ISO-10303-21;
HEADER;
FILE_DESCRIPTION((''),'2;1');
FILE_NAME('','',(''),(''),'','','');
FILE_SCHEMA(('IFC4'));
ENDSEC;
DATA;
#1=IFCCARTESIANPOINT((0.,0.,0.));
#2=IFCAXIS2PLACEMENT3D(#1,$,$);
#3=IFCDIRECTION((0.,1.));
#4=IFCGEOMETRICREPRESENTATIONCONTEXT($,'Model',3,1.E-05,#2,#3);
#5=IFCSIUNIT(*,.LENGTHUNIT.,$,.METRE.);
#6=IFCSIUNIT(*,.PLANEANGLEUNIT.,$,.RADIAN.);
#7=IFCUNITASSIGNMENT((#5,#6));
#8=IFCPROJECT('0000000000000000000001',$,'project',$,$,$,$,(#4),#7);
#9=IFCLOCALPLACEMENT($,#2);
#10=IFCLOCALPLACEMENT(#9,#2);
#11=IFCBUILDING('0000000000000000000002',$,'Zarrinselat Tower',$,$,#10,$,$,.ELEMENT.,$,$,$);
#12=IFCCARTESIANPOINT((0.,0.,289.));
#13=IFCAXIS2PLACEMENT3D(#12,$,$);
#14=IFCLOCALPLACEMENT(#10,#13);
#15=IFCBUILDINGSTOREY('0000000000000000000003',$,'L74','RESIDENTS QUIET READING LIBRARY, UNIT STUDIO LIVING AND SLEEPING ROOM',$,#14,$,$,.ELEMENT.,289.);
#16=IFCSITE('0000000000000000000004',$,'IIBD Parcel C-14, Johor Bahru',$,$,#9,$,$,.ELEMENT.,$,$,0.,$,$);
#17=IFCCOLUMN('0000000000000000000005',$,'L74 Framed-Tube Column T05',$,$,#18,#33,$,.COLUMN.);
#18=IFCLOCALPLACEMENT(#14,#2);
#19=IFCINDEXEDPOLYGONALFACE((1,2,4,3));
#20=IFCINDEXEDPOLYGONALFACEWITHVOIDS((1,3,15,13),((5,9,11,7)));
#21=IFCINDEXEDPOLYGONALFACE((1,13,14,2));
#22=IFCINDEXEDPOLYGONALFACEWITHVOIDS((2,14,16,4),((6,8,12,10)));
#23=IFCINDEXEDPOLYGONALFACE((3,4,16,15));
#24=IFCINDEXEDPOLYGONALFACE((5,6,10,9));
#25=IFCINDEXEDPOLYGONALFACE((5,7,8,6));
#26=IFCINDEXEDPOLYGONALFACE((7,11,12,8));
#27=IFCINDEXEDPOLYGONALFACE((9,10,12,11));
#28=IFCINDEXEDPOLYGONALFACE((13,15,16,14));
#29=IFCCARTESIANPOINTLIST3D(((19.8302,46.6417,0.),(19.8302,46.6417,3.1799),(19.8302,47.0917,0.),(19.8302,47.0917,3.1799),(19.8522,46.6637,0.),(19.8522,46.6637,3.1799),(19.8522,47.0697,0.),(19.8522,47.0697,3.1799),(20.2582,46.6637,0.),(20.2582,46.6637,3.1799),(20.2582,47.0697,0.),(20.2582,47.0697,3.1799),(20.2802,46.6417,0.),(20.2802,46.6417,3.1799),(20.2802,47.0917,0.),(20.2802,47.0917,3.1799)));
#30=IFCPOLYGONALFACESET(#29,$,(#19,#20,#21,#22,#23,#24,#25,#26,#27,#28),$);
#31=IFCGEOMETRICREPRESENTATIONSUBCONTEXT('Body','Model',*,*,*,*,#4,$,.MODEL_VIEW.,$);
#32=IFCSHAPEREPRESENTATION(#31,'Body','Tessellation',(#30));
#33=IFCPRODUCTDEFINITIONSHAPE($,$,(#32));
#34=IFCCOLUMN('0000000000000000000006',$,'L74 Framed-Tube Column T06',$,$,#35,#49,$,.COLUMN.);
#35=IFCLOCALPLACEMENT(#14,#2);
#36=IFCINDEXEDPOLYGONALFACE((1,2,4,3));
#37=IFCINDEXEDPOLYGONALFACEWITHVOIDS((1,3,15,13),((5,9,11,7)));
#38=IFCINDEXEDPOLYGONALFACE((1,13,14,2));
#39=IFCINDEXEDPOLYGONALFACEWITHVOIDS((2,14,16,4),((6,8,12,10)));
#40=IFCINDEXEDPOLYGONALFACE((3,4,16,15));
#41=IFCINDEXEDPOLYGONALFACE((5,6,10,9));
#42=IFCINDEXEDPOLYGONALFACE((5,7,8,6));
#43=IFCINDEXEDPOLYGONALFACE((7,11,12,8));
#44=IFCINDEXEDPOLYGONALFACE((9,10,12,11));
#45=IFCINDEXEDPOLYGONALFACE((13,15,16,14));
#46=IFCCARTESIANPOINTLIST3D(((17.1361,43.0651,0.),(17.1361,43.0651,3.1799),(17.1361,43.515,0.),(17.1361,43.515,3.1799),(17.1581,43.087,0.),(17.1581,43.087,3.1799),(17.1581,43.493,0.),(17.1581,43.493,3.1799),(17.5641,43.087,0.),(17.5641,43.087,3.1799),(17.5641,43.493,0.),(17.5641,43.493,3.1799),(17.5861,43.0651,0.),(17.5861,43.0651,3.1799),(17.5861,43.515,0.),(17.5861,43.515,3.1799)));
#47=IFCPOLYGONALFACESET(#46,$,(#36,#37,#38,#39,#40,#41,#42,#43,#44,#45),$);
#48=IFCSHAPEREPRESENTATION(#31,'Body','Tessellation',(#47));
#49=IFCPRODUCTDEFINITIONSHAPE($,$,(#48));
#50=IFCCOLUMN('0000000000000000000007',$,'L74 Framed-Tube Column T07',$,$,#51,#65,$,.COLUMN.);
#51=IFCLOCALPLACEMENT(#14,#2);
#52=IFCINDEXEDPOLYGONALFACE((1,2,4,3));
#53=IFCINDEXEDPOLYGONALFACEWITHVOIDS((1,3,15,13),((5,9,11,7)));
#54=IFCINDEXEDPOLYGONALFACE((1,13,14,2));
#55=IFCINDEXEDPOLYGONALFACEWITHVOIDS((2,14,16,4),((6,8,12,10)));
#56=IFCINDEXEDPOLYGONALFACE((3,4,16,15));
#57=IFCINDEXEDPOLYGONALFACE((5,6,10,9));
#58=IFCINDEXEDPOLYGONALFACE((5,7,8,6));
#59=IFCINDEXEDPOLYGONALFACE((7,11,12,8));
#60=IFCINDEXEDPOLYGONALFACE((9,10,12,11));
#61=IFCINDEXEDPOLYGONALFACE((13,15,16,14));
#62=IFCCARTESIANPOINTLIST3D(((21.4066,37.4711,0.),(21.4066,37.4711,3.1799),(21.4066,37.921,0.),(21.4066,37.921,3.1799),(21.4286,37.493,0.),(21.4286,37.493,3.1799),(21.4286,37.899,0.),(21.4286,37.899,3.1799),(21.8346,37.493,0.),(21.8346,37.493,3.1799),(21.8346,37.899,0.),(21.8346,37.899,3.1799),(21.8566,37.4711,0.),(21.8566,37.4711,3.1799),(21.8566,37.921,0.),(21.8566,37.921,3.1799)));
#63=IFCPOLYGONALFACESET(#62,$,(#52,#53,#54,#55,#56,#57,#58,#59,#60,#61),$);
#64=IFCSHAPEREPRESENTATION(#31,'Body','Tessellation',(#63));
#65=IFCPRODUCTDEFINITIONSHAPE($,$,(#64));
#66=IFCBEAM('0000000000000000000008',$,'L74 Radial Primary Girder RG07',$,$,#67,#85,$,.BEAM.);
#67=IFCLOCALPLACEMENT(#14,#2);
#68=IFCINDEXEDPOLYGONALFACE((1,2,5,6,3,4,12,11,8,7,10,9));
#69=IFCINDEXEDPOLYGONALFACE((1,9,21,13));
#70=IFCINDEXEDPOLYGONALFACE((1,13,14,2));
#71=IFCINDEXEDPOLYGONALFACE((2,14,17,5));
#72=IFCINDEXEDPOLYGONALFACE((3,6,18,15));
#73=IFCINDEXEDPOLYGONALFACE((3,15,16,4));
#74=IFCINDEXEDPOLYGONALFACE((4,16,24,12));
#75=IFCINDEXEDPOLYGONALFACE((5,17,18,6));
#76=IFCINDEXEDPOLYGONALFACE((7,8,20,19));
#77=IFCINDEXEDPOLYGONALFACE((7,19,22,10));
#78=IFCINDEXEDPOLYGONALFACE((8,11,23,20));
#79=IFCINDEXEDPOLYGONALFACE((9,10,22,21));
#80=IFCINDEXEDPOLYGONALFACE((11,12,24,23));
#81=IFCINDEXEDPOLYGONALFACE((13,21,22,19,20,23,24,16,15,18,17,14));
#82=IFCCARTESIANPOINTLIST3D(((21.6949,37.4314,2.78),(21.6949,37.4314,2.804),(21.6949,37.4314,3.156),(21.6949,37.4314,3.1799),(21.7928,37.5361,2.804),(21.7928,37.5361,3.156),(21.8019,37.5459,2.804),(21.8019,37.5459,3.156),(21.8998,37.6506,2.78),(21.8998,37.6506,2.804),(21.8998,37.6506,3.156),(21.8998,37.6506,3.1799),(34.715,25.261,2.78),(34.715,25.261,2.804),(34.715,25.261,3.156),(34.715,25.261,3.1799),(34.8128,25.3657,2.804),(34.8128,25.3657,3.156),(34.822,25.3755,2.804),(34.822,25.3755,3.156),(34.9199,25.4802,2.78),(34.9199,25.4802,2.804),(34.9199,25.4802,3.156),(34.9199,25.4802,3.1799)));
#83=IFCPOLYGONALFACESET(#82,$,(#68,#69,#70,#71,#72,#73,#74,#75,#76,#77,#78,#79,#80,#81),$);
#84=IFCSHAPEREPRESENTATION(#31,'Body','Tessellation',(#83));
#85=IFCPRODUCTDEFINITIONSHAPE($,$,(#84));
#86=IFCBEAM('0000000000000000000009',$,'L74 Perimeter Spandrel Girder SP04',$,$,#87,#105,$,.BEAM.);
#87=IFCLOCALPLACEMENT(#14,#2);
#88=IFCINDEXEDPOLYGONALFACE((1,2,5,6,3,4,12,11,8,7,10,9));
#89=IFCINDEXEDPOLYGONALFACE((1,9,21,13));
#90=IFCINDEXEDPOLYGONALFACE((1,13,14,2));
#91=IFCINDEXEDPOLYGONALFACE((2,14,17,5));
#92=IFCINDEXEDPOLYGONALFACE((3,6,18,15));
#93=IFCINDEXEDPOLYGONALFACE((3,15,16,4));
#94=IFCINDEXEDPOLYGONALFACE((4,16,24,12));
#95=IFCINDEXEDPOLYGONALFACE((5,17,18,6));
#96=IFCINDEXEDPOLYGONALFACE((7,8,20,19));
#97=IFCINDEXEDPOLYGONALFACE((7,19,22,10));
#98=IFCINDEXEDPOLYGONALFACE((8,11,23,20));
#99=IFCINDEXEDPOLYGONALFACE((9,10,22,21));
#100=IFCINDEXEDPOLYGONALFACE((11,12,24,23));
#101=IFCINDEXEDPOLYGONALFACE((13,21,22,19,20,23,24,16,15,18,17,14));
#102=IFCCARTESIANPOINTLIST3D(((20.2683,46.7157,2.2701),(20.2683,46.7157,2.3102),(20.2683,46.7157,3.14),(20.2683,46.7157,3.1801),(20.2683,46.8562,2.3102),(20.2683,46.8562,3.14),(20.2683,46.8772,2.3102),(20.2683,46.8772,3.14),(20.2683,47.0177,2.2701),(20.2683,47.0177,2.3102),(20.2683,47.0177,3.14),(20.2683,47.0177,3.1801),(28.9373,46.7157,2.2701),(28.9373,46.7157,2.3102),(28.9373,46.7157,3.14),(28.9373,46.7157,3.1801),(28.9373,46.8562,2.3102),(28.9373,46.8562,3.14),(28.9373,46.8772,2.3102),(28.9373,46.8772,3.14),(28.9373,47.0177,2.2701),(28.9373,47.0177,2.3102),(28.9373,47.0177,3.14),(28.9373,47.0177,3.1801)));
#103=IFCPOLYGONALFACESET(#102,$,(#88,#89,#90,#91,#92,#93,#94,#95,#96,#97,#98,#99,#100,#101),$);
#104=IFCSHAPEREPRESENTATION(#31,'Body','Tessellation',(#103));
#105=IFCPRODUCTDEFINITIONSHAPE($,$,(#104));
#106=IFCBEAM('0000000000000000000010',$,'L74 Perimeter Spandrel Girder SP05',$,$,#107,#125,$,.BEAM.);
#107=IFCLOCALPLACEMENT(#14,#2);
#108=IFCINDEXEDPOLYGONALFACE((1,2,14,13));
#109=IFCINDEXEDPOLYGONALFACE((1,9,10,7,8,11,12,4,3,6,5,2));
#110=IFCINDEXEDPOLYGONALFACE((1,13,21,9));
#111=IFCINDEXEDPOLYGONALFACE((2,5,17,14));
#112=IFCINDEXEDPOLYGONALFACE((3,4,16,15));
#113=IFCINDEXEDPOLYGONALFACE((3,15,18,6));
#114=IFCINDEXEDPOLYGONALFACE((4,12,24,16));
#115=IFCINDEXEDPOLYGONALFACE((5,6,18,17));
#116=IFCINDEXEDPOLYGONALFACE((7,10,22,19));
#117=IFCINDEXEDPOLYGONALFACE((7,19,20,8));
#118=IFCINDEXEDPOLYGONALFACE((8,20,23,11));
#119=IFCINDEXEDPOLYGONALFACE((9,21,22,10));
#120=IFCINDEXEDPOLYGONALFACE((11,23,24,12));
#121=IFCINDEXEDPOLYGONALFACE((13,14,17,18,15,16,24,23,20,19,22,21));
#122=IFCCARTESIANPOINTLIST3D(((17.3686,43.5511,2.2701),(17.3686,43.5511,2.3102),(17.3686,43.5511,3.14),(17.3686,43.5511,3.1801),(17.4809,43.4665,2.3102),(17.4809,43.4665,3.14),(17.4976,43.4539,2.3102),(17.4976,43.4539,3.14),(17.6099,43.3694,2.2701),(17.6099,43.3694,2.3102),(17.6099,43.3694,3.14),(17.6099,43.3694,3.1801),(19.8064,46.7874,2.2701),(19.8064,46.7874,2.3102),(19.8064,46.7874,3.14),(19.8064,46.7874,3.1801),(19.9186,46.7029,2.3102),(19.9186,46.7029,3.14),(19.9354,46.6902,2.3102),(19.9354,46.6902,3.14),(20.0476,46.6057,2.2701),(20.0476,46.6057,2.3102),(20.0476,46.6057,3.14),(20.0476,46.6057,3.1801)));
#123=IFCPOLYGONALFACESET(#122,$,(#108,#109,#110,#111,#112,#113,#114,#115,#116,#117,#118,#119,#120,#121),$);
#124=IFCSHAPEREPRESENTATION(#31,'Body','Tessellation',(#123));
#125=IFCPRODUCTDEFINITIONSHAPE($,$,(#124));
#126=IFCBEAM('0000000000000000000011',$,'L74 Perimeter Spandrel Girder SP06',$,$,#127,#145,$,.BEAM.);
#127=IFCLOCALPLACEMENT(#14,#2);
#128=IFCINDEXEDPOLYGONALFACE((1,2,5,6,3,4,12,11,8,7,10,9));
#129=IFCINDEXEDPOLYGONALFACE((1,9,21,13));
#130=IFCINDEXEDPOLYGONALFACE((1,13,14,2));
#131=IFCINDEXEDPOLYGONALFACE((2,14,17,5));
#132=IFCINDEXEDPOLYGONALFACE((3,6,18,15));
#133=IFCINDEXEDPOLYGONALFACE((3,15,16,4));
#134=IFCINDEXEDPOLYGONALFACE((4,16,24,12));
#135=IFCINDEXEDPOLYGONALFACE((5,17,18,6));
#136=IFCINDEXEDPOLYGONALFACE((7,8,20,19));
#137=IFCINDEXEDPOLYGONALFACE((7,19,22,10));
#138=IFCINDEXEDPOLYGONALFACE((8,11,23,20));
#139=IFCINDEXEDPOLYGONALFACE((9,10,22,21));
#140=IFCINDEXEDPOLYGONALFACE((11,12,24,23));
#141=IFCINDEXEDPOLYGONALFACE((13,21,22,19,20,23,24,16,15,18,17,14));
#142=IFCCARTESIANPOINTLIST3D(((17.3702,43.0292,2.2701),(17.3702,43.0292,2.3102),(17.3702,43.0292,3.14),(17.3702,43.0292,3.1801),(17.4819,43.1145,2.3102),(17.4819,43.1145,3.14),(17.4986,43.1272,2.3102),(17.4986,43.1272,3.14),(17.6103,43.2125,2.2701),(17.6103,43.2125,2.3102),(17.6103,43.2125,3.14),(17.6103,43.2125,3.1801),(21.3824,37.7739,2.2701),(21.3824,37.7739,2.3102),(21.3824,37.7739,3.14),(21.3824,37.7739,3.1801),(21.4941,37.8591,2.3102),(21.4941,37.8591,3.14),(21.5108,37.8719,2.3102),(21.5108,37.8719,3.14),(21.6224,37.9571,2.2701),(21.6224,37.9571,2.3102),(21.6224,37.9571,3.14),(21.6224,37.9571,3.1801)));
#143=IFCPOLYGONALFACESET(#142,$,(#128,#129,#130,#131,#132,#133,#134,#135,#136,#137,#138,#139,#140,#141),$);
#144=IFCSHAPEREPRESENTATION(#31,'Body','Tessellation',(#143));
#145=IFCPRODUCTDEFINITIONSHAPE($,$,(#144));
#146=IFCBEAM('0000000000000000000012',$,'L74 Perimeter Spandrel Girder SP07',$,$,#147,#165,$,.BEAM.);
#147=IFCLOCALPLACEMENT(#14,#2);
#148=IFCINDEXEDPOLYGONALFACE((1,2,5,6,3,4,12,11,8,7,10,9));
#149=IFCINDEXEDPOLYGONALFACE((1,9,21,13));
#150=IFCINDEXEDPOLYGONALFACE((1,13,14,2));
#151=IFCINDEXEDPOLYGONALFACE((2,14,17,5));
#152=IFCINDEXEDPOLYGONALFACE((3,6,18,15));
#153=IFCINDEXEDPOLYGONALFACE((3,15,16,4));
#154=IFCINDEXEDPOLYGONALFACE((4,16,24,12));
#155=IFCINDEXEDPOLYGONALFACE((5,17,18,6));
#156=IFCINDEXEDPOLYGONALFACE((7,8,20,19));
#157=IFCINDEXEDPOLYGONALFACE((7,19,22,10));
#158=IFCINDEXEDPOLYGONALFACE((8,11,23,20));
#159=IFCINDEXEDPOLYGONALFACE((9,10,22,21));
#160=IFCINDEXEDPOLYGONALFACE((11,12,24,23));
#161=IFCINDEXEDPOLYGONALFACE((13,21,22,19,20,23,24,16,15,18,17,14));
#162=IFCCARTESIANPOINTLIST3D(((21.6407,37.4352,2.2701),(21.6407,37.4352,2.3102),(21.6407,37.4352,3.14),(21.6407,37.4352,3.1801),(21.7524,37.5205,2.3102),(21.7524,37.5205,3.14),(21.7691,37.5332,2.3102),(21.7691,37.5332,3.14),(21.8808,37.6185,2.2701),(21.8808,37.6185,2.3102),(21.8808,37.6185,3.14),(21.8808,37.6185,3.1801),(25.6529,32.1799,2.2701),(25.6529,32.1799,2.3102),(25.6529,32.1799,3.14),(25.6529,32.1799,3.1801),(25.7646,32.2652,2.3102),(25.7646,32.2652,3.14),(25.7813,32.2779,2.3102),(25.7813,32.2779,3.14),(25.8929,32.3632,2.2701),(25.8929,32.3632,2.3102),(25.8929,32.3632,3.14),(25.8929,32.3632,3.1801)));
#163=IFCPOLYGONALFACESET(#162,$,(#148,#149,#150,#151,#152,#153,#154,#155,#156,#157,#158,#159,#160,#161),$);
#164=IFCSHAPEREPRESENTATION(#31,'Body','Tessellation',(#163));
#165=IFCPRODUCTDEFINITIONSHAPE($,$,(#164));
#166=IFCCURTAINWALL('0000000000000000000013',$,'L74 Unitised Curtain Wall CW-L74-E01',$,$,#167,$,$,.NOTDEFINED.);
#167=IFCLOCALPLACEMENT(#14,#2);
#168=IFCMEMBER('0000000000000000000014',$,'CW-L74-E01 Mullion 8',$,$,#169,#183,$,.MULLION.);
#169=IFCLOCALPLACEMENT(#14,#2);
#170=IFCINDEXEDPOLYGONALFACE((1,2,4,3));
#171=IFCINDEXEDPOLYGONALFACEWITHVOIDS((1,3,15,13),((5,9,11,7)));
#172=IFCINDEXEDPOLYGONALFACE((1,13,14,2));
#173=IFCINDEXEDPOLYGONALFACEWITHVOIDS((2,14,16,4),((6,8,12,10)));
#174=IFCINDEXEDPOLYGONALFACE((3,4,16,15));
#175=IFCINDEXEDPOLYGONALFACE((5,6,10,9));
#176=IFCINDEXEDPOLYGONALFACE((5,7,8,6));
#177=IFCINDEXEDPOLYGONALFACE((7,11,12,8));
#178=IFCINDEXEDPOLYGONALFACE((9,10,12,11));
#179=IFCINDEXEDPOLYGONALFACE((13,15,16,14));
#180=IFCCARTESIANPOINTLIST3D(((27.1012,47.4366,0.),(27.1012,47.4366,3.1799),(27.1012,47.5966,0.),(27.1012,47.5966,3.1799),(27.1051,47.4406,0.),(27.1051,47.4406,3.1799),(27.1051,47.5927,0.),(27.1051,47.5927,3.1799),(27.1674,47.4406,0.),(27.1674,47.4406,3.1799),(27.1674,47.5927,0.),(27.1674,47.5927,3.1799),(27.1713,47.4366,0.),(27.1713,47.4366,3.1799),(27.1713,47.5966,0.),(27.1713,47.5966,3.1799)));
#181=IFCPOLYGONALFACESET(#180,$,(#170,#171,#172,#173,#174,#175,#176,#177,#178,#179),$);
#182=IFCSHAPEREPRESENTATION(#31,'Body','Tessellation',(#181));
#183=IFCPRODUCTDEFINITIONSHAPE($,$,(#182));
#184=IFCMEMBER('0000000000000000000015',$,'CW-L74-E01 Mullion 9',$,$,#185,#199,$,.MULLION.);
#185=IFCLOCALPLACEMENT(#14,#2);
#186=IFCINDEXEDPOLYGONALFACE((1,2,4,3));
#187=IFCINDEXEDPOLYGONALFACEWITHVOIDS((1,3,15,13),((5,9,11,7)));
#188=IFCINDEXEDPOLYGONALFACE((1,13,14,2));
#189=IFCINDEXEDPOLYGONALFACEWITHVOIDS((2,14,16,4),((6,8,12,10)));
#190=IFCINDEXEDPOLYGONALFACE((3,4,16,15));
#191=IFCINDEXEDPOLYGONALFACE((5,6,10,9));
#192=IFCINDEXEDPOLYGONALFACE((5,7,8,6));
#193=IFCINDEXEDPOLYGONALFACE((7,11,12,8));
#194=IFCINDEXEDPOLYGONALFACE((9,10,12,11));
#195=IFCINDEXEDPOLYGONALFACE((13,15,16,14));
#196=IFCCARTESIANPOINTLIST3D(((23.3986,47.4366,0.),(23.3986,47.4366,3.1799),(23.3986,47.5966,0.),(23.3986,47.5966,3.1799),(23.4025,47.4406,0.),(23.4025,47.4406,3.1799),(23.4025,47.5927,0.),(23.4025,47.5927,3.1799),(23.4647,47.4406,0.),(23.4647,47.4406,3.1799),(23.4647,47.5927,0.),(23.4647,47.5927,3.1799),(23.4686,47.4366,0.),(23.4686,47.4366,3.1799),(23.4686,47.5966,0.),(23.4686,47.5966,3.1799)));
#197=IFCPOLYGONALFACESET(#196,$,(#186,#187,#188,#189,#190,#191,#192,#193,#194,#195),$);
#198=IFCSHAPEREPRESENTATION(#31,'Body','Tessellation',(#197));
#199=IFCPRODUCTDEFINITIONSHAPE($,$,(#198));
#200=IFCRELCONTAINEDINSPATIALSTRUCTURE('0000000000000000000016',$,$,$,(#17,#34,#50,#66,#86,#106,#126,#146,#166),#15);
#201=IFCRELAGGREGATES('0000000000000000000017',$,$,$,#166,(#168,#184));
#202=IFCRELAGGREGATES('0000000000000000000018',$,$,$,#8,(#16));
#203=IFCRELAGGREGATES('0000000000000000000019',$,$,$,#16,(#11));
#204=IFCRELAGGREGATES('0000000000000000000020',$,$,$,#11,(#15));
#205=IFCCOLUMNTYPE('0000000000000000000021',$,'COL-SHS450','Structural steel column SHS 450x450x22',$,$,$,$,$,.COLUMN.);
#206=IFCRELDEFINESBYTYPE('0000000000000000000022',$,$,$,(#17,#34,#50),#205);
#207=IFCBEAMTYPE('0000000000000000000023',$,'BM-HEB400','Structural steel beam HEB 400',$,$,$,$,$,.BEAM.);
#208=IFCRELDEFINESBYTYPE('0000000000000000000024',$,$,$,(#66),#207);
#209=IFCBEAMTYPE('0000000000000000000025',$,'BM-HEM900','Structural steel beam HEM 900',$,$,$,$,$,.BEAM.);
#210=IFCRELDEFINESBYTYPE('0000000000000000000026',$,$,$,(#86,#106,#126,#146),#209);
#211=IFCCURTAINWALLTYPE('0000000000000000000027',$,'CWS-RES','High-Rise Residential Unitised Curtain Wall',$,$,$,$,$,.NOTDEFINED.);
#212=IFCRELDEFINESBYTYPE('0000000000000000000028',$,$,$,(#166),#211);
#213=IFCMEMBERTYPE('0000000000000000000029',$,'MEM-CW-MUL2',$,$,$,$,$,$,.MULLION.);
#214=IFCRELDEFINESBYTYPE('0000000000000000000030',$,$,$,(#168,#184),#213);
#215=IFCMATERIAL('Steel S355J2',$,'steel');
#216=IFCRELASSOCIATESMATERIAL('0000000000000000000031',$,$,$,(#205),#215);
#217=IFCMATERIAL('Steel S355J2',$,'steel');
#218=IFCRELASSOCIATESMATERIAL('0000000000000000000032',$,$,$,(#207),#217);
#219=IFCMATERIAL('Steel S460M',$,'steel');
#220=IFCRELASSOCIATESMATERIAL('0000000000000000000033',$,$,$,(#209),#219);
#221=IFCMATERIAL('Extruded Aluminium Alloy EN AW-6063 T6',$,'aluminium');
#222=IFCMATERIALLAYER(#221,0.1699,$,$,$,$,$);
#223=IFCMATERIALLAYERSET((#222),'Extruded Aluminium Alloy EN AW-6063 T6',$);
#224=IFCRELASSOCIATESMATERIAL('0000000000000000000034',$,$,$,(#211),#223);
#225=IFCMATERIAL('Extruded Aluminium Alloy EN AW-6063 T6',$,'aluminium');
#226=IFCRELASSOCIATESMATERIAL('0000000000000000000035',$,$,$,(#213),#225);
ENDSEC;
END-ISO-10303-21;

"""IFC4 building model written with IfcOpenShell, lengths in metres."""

from ifc_helpers import new_model, si_unit, direction, frame, origin, origin_2d, place, context, subcontext, project, spatial, hollow_rectangle, i_section, extrude, material, layer, layer_set, material_profile, profile_set, type_object, element, aggregate, save


model = new_model("IFC4")

# Units and contexts
model_context = context("Model", 3, precision=1e-05, world=origin(), true_north=direction((0.0, 1.0)))
body_context = subcontext(model_context, "Body", "Model", "MODEL_VIEW")
ifc_project = project(units=[si_unit("LENGTHUNIT", "METRE"), si_unit("PLANEANGLEUNIT", "RADIAN")], contexts=[model_context])

# Site, building, storey
site_placement = place(None, origin())
site = spatial("IfcSite", under=ifc_project, at=site_placement, Name="IIBD Parcel C-14, Johor Bahru", CompositionType="ELEMENT", RefElevation=0.0)
building_placement = place(site_placement, origin())
building = spatial("IfcBuilding", under=site, at=building_placement, Name="Zarrinselat Tower", CompositionType="ELEMENT")
storey_placement = place(building_placement, frame((0.0, 0.0, 289.0)))
storey = spatial("IfcBuildingStorey", under=building, at=storey_placement, Name="L74", Description="RESIDENTS QUIET READING LIBRARY, UNIT STUDIO LIVING AND SLEEPING ROOM", CompositionType="ELEMENT", Elevation=289.0)

# Columns
ifc_material_1 = material(Name="Steel S355J2", Category="steel")
ifc_material_profile_1 = material_profile(ifc_material_1, hollow_rectangle(XDim=0.45, YDim=0.45, WallThickness=0.022, at=origin_2d()), Name="SHS 450x450x22")
ifc_profile_set_1 = profile_set([ifc_material_profile_1], Name="Steel S355J2")
column_type = type_object("IfcColumnType", Name="COL-SHS450", Description="Structural steel column SHS 450x450x22", PredefinedType="COLUMN", material=ifc_profile_set_1)
for number, where, z_axis, x_axis, name in (
    (1, (20.0552, 46.8667, 0.0), (0.0, 0.0, 1.0), (1.0, 0.0, 0.0), "L74 Framed-Tube Column T05"),
    (2, (17.3611, 43.29, 0.0), (0.0, 0.0, 1.0), (1.0, 0.0, 0.0), "L74 Framed-Tube Column T06"),
    (3, (21.6316, 37.696, 0.0), (0.0, 0.0, 1.0), (1.0, 0.0, 0.0), "L74 Framed-Tube Column T07"),
):
    element("IfcColumn", number, at=place(storey_placement, frame(where, z_axis=z_axis, x_axis=x_axis)), inside=storey, type_object=column_type, Name=name, PredefinedType="COLUMN", context=body_context, shape_type="SweptSolid", body=[
        extrude(hollow_rectangle(XDim=0.45, YDim=0.45, WallThickness=0.022, at=origin_2d()), origin(), (0.0, 0.0, 1.0), 3.1799),
    ])

# Beams
ifc_material_2 = material(Name="Steel S355J2", Category="steel")
ifc_material_profile_2 = material_profile(ifc_material_2, i_section(OverallWidth=0.3, OverallDepth=0.3999, WebThickness=0.0134, FlangeThickness=0.0239, at=origin_2d()), Name="HEB 400")
ifc_profile_set_2 = profile_set([ifc_material_profile_2], Name="Steel S355J2")
beam_type_1 = type_object("IfcBeamType", Name="BM-HEB400", Description="Structural steel beam HEB 400", PredefinedType="BEAM", material=ifc_profile_set_2)
beam_1_placement = place(storey_placement, frame((21.7974, 37.541, 2.98), z_axis=(0.73054, -0.68287, 0.0), x_axis=(0.68287, 0.73054, 0.0)))
element("IfcBeam", 4, at=beam_1_placement, inside=storey, type_object=beam_type_1, Name="L74 Radial Primary Girder RG07", PredefinedType="BEAM", context=body_context, shape_type="SweptSolid", body=[
    extrude(i_section(OverallWidth=0.3, OverallDepth=0.3999, WebThickness=0.0134, FlangeThickness=0.0239, at=origin_2d()), origin(), (0.0, 0.0, 1.0), 17.8225),
])
ifc_material_3 = material(Name="Steel S460M", Category="steel")
ifc_material_profile_3 = material_profile(ifc_material_3, i_section(OverallWidth=0.302, OverallDepth=0.9099, WebThickness=0.021, FlangeThickness=0.04, at=origin_2d()), Name="HEM 900")
ifc_profile_set_3 = profile_set([ifc_material_profile_3], Name="Steel S460M")
beam_type_2 = type_object("IfcBeamType", Name="BM-HEM900", Description="Structural steel beam HEM 900", PredefinedType="BEAM", material=ifc_profile_set_3)
beam_2_placement = place(storey_placement, frame((20.2683, 46.8667, 2.7251), z_axis=(1.0, 0.0, 0.0), x_axis=(0.0, 1.0, 0.0)))
element("IfcBeam", 5, at=beam_2_placement, inside=storey, type_object=beam_type_2, Name="L74 Perimeter Spandrel Girder SP04", PredefinedType="BEAM", context=body_context, shape_type="SweptSolid", body=[
    extrude(i_section(OverallWidth=0.302, OverallDepth=0.9099, WebThickness=0.021, FlangeThickness=0.04, at=origin_2d()), origin(), (0.0, 0.0, 1.0), 8.6689),
])
beam_3_placement = place(storey_placement, frame((17.4893, 43.4602, 2.7251), z_axis=(0.601657, 0.798755, 0.0), x_axis=(-0.798755, 0.601657, 0.0)))
element("IfcBeam", 6, at=beam_3_placement, inside=storey, type_object=beam_type_2, Name="L74 Perimeter Spandrel Girder SP05", PredefinedType="BEAM", context=body_context, shape_type="SweptSolid", body=[
    extrude(i_section(OverallWidth=0.302, OverallDepth=0.9099, WebThickness=0.021, FlangeThickness=0.04, at=origin_2d()), origin(), (0.0, 0.0, 1.0), 4.0518),
])
for number, where, z_axis, x_axis, name in (
    (7, (17.4902, 43.1208, 2.7251), (0.606819, -0.79484, 0.0), (0.79484, 0.606819, 0.0), "L74 Perimeter Spandrel Girder SP06"),
    (8, (21.7607, 37.5269, 2.7251), (0.606819, -0.79484, 0.0), (0.79484, 0.606819, 0.0), "L74 Perimeter Spandrel Girder SP07"),
):
    element("IfcBeam", number, at=place(storey_placement, frame(where, z_axis=z_axis, x_axis=x_axis)), inside=storey, type_object=beam_type_2, Name=name, PredefinedType="BEAM", context=body_context, shape_type="SweptSolid", body=[
        extrude(i_section(OverallWidth=0.302, OverallDepth=0.9099, WebThickness=0.021, FlangeThickness=0.04, at=origin_2d()), origin(), (0.0, 0.0, 1.0), 6.6118),
    ])

# Curtain wall, members
ifc_material_4 = material(Name="Extruded Aluminium Alloy EN AW-6063 T6", Category="aluminium")
ifc_layer_1 = layer(ifc_material_4, 0.1699)
ifc_layer_set_1 = layer_set([ifc_layer_1], Name="Extruded Aluminium Alloy EN AW-6063 T6")
curtain_wall_type = type_object("IfcCurtainWallType", Name="CWS-RES", Description="High-Rise Residential Unitised Curtain Wall", PredefinedType="NOTDEFINED", material=ifc_layer_set_1)
curtain_wall_1_placement = place(storey_placement, origin())
curtain_wall_1 = element("IfcCurtainWall", 9, at=curtain_wall_1_placement, inside=storey, type_object=curtain_wall_type, Name="L74 Unitised Curtain Wall CW-L74-E01", PredefinedType="NOTDEFINED")
ifc_material_5 = material(Name="Extruded Aluminium Alloy EN AW-6063 T6", Category="aluminium")
ifc_material_profile_4 = material_profile(ifc_material_5, hollow_rectangle(XDim=0.0701, YDim=0.1599, WallThickness=0.0039, at=origin_2d()), Name="RHS 160x70x4")
ifc_profile_set_4 = profile_set([ifc_material_profile_4], Name="Extruded Aluminium Alloy EN AW-6063 T6")
member_type_1 = type_object("IfcMemberType", Name="MEM-CW-MUL2", PredefinedType="MULLION", material=ifc_profile_set_4)
member_1_placement = place(storey_placement, frame((27.1362, 47.5166, 0.0), z_axis=(0.0, 0.0, 1.0), x_axis=(-1.0, 0.0, 0.0)))
member_1 = element("IfcMember", 10, at=member_1_placement, type_object=member_type_1, Name="CW-L74-E01 Mullion 8", PredefinedType="MULLION", context=body_context, shape_type="SweptSolid", body=[
    extrude(hollow_rectangle(XDim=0.0701, YDim=0.1599, WallThickness=0.0039, at=origin_2d()), origin(), (0.0, 0.0, 1.0), 3.1799),
])
member_2_placement = place(storey_placement, frame((23.4336, 47.5166, 0.0), z_axis=(0.0, 0.0, 1.0), x_axis=(-1.0, 0.0, 0.0)))
member_2 = element("IfcMember", 11, at=member_2_placement, type_object=member_type_1, Name="CW-L74-E01 Mullion 9", PredefinedType="MULLION", context=body_context, shape_type="SweptSolid", body=[
    extrude(hollow_rectangle(XDim=0.0701, YDim=0.1599, WallThickness=0.0039, at=origin_2d()), origin(), (0.0, 0.0, 1.0), 3.1799),
])

aggregate(curtain_wall_1, [member_1, member_2])

save(model, "model.ifc")
